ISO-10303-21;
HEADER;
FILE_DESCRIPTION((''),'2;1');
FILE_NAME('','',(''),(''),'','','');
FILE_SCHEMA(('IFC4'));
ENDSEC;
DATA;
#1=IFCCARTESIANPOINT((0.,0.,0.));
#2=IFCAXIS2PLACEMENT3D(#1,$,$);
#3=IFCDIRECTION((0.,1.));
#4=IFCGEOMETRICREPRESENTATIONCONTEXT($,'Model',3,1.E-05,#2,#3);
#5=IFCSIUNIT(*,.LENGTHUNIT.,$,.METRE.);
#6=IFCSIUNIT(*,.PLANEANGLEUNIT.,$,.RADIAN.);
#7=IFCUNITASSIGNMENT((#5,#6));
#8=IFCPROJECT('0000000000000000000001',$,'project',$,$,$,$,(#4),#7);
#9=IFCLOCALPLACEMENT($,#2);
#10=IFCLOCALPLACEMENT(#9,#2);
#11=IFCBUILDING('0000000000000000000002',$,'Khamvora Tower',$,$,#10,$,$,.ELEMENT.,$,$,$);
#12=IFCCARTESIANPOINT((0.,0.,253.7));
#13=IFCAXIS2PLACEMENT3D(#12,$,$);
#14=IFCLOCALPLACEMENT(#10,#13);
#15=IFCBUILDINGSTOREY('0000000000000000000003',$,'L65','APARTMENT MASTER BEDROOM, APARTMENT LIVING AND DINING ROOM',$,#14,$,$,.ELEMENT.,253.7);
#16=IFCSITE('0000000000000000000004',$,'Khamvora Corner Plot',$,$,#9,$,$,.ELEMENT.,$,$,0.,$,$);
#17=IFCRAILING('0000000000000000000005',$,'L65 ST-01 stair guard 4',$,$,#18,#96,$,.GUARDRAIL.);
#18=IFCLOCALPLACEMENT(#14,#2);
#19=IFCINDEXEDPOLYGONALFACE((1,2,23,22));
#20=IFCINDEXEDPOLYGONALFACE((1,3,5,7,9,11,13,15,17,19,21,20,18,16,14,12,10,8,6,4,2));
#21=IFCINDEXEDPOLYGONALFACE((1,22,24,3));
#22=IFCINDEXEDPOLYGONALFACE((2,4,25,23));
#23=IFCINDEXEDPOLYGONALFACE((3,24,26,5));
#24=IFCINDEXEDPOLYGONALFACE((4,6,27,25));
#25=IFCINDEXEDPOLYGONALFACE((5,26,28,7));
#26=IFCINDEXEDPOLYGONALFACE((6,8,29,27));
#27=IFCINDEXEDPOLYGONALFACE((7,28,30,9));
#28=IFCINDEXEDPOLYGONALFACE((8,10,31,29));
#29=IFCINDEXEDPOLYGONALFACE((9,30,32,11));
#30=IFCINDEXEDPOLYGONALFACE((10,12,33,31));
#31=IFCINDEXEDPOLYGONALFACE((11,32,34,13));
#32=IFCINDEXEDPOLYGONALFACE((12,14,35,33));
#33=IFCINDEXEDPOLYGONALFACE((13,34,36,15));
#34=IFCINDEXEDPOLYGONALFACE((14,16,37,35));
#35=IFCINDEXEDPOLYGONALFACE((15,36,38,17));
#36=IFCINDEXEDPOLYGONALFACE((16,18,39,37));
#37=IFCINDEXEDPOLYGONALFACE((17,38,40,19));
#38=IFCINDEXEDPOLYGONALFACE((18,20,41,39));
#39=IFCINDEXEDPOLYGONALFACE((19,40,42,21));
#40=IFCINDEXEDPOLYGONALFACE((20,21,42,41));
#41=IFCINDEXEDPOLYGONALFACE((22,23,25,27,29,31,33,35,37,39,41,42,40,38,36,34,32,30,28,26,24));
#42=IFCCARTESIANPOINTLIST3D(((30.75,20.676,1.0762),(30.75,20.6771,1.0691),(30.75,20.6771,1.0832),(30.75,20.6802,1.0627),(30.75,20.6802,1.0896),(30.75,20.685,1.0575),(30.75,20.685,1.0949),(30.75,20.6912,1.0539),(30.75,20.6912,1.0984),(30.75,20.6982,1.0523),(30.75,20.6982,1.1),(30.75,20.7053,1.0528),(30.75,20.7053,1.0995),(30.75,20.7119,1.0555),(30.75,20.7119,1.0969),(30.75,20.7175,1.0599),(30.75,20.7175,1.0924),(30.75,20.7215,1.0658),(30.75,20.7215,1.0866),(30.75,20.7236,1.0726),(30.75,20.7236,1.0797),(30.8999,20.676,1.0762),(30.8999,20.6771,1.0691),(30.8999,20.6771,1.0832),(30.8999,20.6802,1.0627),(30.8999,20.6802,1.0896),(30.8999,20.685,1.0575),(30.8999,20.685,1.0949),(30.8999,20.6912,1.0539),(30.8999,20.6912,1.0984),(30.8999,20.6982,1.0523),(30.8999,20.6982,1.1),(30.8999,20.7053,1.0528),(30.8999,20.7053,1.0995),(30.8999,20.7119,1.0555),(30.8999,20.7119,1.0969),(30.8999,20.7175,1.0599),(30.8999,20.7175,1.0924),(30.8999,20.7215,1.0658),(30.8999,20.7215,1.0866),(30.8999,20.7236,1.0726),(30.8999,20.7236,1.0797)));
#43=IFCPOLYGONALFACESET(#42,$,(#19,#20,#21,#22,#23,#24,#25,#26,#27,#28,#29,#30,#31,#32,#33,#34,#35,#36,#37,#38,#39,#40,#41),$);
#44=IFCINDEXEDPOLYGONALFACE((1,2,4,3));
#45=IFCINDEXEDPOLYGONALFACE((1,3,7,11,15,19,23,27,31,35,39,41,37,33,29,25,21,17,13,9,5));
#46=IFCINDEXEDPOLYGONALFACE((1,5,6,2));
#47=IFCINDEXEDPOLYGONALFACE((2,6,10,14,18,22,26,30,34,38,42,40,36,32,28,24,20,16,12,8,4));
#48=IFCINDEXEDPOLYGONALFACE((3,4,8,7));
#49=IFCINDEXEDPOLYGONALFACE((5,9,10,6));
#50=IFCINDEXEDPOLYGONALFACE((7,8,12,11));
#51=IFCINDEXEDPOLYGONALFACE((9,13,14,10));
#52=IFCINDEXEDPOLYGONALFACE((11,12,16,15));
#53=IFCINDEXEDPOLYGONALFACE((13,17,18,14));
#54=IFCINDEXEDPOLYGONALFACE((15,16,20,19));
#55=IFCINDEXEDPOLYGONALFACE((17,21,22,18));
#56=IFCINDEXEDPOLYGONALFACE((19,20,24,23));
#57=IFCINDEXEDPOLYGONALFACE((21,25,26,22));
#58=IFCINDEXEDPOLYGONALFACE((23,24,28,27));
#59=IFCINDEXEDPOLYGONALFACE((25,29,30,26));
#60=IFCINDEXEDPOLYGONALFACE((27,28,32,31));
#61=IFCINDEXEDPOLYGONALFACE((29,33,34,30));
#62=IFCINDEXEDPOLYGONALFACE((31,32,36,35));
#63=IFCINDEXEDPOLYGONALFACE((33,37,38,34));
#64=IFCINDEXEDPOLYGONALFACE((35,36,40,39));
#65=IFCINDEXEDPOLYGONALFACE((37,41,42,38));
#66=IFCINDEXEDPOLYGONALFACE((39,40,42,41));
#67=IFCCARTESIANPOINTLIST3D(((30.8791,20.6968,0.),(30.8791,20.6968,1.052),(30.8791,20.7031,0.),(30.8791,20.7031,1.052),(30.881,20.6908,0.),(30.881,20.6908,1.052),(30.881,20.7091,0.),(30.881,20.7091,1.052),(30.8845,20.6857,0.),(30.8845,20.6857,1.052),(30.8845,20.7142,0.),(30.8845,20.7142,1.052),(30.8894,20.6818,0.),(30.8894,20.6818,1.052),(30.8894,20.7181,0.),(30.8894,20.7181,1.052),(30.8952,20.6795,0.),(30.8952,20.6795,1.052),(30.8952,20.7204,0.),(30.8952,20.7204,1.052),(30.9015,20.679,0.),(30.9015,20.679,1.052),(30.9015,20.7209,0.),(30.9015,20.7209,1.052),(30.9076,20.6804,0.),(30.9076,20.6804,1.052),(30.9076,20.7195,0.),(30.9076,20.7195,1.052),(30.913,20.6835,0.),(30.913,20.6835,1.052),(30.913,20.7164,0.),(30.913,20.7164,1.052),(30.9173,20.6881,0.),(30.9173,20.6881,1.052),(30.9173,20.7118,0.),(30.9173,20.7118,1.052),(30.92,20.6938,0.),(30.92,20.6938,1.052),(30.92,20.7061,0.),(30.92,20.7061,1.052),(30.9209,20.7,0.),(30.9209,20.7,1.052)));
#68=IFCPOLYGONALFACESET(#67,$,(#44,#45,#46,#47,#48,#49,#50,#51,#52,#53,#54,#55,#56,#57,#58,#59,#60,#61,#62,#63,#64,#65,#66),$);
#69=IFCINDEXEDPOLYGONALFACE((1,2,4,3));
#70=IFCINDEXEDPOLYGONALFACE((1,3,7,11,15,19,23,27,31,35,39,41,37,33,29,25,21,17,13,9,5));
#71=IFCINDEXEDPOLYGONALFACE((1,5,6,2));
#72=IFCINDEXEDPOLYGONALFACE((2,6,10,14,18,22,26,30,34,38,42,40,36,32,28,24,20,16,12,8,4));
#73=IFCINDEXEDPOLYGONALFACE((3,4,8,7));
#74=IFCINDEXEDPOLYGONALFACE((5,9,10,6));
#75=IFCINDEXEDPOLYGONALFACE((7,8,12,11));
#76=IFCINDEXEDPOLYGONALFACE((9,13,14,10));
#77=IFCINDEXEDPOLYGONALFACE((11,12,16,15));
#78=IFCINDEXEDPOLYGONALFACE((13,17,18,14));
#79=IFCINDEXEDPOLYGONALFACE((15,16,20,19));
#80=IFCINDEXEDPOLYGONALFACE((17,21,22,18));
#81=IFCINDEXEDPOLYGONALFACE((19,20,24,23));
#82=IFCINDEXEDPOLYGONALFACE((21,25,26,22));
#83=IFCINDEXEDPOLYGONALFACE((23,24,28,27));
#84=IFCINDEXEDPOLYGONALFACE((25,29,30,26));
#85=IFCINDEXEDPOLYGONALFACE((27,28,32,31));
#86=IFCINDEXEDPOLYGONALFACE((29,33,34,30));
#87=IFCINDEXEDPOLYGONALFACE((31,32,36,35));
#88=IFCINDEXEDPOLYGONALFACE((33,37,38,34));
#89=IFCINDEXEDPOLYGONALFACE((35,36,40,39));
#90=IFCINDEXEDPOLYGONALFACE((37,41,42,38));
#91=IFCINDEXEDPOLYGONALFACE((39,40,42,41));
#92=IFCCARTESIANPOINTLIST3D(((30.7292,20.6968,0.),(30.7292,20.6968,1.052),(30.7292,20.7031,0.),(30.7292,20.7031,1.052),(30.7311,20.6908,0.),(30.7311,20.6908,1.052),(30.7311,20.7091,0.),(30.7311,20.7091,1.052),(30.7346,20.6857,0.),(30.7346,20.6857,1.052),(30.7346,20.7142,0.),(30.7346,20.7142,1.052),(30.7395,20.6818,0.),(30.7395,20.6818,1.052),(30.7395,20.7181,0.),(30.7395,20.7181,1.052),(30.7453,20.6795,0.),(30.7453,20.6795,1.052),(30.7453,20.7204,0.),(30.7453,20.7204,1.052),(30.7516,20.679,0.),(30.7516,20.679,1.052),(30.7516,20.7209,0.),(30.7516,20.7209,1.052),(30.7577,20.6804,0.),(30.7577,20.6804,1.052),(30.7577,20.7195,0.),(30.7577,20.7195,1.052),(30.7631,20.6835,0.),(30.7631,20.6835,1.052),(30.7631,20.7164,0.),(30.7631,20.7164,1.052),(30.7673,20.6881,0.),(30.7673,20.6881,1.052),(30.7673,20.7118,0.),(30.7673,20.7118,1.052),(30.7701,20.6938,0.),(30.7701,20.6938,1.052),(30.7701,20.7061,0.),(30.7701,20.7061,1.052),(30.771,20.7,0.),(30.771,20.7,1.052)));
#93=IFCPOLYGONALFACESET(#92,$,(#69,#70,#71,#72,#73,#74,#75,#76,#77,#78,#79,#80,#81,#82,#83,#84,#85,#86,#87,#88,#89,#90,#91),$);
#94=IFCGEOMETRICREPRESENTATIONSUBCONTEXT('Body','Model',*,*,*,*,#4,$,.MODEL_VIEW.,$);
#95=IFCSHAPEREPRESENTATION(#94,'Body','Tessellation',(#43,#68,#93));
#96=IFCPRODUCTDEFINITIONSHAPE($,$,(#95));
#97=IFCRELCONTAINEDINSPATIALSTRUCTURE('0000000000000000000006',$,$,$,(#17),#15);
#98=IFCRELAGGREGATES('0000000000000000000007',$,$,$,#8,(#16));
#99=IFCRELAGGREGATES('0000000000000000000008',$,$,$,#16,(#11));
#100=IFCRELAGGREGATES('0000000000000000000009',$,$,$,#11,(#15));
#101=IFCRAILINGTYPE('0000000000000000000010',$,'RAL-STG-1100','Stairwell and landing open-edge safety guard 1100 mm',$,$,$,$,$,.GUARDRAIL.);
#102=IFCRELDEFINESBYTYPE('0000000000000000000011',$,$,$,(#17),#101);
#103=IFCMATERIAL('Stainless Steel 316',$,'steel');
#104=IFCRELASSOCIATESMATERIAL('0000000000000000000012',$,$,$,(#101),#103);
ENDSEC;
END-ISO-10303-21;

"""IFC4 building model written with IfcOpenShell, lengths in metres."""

from ifc_helpers import new_model, si_unit, direction, frame, origin, origin_2d, place, context, subcontext, project, spatial, circle, extrude, material, type_object, element, save


model = new_model("IFC4")

# Units and contexts
model_context = context("Model", 3, precision=1e-05, world=origin(), true_north=direction((0.0, 1.0)))
body_context = subcontext(model_context, "Body", "Model", "MODEL_VIEW")
ifc_project = project(units=[si_unit("LENGTHUNIT", "METRE"), si_unit("PLANEANGLEUNIT", "RADIAN")], contexts=[model_context])

# Site, building, storey
site_placement = place(None, origin())
site = spatial("IfcSite", under=ifc_project, at=site_placement, Name="Khamvora Corner Plot", CompositionType="ELEMENT", RefElevation=0.0)
building_placement = place(site_placement, origin())
building = spatial("IfcBuilding", under=site, at=building_placement, Name="Khamvora Tower", CompositionType="ELEMENT")
storey_placement = place(building_placement, frame((0.0, 0.0, 253.7)))
storey = spatial("IfcBuildingStorey", under=building, at=storey_placement, Name="L65", Description="APARTMENT MASTER BEDROOM, APARTMENT LIVING AND DINING ROOM", CompositionType="ELEMENT", Elevation=253.7)

# Railing
ifc_material_1 = material(Name="Stainless Steel 316", Category="steel")
railing_type = type_object("IfcRailingType", Name="RAL-STG-1100", Description="Stairwell and landing open-edge safety guard 1100 mm", PredefinedType="GUARDRAIL", material=ifc_material_1)
railing_1_placement = place(storey_placement, frame((30.8999, 20.7, 0.0)))
element("IfcRailing", 1, at=railing_1_placement, inside=storey, type_object=railing_type, Name="L65 ST-01 stair guard 4", PredefinedType="GUARDRAIL", context=body_context, shape_type="SweptSolid", body=[
    extrude(circle(Radius=0.0239, at=origin_2d()), frame((0.0, 0.0, 1.0762), z_axis=(-1.0, 0.0, 0.0), x_axis=(0.0, -1.0, 0.0)), (0.0, 0.0, 1.0), 0.1499),
    extrude(circle(Radius=0.021, at=origin_2d()), origin(), (0.0, 0.0, 1.0), 1.052),
    extrude(circle(Radius=0.021, at=origin_2d()), frame((-0.1499, 0.0, 0.0)), (0.0, 0.0, 1.0), 1.052),
])

save(model, "model.ifc")
